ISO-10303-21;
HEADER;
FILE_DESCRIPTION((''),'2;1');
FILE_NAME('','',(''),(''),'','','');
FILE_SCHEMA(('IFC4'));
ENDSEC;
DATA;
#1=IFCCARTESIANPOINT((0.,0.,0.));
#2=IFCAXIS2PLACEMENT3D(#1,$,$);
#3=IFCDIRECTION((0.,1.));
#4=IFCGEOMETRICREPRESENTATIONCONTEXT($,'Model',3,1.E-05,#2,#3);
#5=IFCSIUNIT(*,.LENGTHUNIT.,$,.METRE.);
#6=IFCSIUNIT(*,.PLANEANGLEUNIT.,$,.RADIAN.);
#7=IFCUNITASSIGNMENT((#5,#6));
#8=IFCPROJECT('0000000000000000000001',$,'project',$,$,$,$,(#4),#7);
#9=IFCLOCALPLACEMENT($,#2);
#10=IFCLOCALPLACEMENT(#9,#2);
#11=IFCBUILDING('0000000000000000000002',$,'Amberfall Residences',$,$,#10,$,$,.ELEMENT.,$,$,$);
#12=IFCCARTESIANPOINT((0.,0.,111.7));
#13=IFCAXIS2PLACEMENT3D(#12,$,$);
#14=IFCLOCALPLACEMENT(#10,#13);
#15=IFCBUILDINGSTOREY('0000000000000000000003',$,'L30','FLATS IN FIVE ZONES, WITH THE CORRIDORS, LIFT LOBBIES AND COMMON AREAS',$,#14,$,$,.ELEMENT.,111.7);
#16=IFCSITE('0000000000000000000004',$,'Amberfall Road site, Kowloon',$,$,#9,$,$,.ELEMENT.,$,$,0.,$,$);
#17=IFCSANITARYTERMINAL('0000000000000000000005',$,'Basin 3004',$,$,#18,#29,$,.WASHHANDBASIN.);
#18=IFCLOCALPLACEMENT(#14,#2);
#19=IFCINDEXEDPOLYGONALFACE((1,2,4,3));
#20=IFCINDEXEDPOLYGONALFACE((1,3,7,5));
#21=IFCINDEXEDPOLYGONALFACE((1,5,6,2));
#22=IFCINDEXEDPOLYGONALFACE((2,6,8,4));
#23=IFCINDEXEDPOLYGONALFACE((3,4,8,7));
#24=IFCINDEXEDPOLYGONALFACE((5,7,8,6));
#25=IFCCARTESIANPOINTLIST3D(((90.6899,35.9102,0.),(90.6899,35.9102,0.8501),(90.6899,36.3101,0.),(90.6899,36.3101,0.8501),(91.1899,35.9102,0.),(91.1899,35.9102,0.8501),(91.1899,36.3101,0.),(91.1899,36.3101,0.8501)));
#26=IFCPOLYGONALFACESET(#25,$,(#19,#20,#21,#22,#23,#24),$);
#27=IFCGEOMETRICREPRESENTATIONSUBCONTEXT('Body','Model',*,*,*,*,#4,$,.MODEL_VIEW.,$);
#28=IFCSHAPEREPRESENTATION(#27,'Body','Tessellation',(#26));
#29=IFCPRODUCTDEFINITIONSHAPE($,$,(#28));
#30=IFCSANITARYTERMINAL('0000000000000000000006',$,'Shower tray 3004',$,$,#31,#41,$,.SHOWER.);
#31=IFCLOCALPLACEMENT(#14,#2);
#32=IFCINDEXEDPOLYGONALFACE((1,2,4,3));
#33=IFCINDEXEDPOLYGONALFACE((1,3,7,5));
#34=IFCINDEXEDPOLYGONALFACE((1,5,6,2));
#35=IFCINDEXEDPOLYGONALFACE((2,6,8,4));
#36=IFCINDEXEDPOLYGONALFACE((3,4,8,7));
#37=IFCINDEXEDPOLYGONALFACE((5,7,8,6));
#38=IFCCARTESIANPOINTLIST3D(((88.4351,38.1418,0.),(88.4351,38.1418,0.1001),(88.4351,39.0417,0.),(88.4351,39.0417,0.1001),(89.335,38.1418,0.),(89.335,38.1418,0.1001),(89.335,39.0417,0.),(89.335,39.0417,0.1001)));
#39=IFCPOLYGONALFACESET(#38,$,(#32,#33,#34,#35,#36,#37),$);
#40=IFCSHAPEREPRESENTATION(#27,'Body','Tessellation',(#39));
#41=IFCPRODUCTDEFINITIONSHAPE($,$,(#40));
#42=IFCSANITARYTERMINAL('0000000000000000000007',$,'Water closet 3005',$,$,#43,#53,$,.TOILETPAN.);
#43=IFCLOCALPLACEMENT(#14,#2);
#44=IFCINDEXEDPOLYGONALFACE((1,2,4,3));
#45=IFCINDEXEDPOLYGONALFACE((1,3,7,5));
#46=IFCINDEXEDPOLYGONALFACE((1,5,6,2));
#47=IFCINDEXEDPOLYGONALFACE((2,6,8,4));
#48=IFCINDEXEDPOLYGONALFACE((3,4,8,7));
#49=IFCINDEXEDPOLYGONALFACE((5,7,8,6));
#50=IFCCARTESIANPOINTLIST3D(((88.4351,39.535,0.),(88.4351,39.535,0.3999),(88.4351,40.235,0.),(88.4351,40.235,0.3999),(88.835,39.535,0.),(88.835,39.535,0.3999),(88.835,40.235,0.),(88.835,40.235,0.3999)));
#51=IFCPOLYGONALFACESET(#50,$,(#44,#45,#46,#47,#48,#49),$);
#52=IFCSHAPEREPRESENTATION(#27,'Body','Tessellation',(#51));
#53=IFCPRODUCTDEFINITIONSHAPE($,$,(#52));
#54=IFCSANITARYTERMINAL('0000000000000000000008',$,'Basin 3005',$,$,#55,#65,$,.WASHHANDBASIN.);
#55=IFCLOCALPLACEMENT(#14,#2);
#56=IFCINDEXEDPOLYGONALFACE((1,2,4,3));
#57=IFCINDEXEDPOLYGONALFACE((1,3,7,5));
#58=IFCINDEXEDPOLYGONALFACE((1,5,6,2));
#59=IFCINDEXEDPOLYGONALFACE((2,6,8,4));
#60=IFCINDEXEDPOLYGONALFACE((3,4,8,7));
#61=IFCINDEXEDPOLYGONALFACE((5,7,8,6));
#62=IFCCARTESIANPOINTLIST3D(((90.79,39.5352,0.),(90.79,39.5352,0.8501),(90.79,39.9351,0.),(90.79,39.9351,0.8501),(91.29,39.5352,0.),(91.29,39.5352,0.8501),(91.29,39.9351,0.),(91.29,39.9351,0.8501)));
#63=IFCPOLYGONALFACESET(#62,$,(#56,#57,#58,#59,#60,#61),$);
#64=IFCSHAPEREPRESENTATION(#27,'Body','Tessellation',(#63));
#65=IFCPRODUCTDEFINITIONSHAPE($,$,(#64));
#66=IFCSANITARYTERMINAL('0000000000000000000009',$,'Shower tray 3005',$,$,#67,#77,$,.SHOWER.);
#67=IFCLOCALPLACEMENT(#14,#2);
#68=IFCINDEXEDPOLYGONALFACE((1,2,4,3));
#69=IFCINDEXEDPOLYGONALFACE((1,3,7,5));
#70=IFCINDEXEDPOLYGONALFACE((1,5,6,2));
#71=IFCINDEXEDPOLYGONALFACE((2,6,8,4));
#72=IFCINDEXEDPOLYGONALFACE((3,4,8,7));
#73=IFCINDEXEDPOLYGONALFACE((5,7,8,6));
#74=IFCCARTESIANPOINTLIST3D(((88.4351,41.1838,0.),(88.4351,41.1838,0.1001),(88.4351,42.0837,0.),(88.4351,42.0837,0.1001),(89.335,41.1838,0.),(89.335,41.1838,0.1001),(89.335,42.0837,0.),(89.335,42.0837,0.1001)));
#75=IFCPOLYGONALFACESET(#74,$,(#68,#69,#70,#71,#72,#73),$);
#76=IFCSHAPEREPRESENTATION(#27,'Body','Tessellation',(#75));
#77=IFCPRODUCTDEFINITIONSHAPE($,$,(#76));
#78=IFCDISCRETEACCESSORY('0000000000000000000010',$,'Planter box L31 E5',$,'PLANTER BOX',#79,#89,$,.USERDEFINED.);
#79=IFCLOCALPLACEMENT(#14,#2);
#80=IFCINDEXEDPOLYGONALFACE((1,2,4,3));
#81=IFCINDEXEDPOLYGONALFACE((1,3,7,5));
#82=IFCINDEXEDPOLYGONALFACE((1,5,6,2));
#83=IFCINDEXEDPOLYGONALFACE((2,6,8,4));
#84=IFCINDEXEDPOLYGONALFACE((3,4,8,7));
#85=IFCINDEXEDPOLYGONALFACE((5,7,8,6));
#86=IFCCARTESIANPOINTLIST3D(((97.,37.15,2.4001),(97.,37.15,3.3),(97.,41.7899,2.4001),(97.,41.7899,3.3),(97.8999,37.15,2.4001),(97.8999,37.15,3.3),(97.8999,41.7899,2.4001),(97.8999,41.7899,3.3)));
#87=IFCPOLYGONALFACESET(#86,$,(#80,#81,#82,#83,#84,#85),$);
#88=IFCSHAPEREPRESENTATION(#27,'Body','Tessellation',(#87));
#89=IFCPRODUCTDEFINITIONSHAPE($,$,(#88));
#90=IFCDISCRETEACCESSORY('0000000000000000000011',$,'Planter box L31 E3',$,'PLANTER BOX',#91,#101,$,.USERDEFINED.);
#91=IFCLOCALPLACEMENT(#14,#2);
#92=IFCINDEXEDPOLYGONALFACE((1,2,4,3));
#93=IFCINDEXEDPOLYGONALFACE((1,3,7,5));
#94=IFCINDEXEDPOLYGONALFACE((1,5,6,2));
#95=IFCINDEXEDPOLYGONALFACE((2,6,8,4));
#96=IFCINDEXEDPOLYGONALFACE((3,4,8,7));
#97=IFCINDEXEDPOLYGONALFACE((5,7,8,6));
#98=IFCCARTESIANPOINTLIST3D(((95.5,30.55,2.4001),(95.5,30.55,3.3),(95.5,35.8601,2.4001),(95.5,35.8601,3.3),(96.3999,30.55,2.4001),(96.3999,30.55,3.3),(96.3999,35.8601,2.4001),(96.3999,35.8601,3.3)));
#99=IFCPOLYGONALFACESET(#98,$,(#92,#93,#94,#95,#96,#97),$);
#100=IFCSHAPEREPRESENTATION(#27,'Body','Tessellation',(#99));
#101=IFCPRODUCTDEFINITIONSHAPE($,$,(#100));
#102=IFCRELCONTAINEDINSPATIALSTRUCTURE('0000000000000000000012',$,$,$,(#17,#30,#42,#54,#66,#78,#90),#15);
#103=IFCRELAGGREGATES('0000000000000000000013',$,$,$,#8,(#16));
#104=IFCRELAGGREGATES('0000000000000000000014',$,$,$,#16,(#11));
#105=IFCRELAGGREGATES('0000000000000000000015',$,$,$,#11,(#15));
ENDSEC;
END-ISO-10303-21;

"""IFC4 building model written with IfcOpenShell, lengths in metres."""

from ifc_helpers import new_model, si_unit, direction, frame, origin, origin_2d, place, context, subcontext, project, spatial, rectangle, extrude, element, save


model = new_model("IFC4")

# Units and contexts
model_context = context("Model", 3, precision=1e-05, world=origin(), true_north=direction((0.0, 1.0)))
body_context = subcontext(model_context, "Body", "Model", "MODEL_VIEW")
ifc_project = project(units=[si_unit("LENGTHUNIT", "METRE"), si_unit("PLANEANGLEUNIT", "RADIAN")], contexts=[model_context])

# Site, building, storey
site_placement = place(None, origin())
site = spatial("IfcSite", under=ifc_project, at=site_placement, Name="Amberfall Road site, Kowloon", CompositionType="ELEMENT", RefElevation=0.0)
building_placement = place(site_placement, origin())
building = spatial("IfcBuilding", under=site, at=building_placement, Name="Amberfall Residences", CompositionType="ELEMENT")
storey_placement = place(building_placement, frame((0.0, 0.0, 111.7)))
storey = spatial("IfcBuildingStorey", under=building, at=storey_placement, Name="L30", Description="FLATS IN FIVE ZONES, WITH THE CORRIDORS, LIFT LOBBIES AND COMMON AREAS", CompositionType="ELEMENT", Elevation=111.7)

# Sanitary terminals
sanitary_terminal_1_placement = place(storey_placement, frame((90.9399, 36.1101, 0.0), z_axis=(0.0, 0.0, 1.0), x_axis=(1.0, 0.0, 0.0)))
element("IfcSanitaryTerminal", 1, at=sanitary_terminal_1_placement, inside=storey, Name="Basin 3004", PredefinedType="WASHHANDBASIN", context=body_context, shape_type="SweptSolid", body=[
    extrude(rectangle(XDim=0.5, YDim=0.3999, at=origin_2d()), origin(), (0.0, 0.0, 1.0), 0.8501),
])
sanitary_terminal_2_placement = place(storey_placement, frame((88.885, 38.5918, 0.0), z_axis=(0.0, 0.0, 1.0), x_axis=(1.0, 0.0, 0.0)))
element("IfcSanitaryTerminal", 2, at=sanitary_terminal_2_placement, inside=storey, Name="Shower tray 3004", PredefinedType="SHOWER", context=body_context, shape_type="SweptSolid", body=[
    extrude(rectangle(XDim=0.8999, YDim=0.8999, at=origin_2d()), origin(), (0.0, 0.0, 1.0), 0.1001),
])
sanitary_terminal_3_placement = place(storey_placement, frame((88.635, 39.885, 0.0), z_axis=(0.0, 0.0, 1.0), x_axis=(1.0, 0.0, 0.0)))
element("IfcSanitaryTerminal", 3, at=sanitary_terminal_3_placement, inside=storey, Name="Water closet 3005", PredefinedType="TOILETPAN", context=body_context, shape_type="SweptSolid", body=[
    extrude(rectangle(XDim=0.3999, YDim=0.7, at=origin_2d()), origin(), (0.0, 0.0, 1.0), 0.3999),
])
sanitary_terminal_4_placement = place(storey_placement, frame((91.04, 39.7351, 0.0), z_axis=(0.0, 0.0, 1.0), x_axis=(1.0, 0.0, 0.0)))
element("IfcSanitaryTerminal", 4, at=sanitary_terminal_4_placement, inside=storey, Name="Basin 3005", PredefinedType="WASHHANDBASIN", context=body_context, shape_type="SweptSolid", body=[
    extrude(rectangle(XDim=0.5, YDim=0.3999, at=origin_2d()), origin(), (0.0, 0.0, 1.0), 0.8501),
])
sanitary_terminal_5_placement = place(storey_placement, frame((88.885, 41.6338, 0.0), z_axis=(0.0, 0.0, 1.0), x_axis=(1.0, 0.0, 0.0)))
element("IfcSanitaryTerminal", 5, at=sanitary_terminal_5_placement, inside=storey, Name="Shower tray 3005", PredefinedType="SHOWER", context=body_context, shape_type="SweptSolid", body=[
    extrude(rectangle(XDim=0.8999, YDim=0.8999, at=origin_2d()), origin(), (0.0, 0.0, 1.0), 0.1001),
])

# Discrete accessories
discrete_accessory_1_placement = place(storey_placement, frame((97.45, 39.47, 2.4001), z_axis=(0.0, 0.0, 1.0), x_axis=(0.0, 1.0, 0.0)))
element("IfcDiscreteAccessory", 6, at=discrete_accessory_1_placement, inside=storey, Name="Planter box L31 E5", ObjectType="PLANTER BOX", PredefinedType="USERDEFINED", context=body_context, shape_type="SweptSolid", body=[
    extrude(rectangle(XDim=4.6399, YDim=0.8999, at=origin_2d()), origin(), (0.0, 0.0, 1.0), 0.8999),
])
discrete_accessory_2_placement = place(storey_placement, frame((95.95, 33.2051, 2.4001), z_axis=(0.0, 0.0, 1.0), x_axis=(0.0, 1.0, 0.0)))
element("IfcDiscreteAccessory", 7, at=discrete_accessory_2_placement, inside=storey, Name="Planter box L31 E3", ObjectType="PLANTER BOX", PredefinedType="USERDEFINED", context=body_context, shape_type="SweptSolid", body=[
    extrude(rectangle(XDim=5.3101, YDim=0.8999, at=origin_2d()), origin(), (0.0, 0.0, 1.0), 0.8999),
])

save(model, "model.ifc")
